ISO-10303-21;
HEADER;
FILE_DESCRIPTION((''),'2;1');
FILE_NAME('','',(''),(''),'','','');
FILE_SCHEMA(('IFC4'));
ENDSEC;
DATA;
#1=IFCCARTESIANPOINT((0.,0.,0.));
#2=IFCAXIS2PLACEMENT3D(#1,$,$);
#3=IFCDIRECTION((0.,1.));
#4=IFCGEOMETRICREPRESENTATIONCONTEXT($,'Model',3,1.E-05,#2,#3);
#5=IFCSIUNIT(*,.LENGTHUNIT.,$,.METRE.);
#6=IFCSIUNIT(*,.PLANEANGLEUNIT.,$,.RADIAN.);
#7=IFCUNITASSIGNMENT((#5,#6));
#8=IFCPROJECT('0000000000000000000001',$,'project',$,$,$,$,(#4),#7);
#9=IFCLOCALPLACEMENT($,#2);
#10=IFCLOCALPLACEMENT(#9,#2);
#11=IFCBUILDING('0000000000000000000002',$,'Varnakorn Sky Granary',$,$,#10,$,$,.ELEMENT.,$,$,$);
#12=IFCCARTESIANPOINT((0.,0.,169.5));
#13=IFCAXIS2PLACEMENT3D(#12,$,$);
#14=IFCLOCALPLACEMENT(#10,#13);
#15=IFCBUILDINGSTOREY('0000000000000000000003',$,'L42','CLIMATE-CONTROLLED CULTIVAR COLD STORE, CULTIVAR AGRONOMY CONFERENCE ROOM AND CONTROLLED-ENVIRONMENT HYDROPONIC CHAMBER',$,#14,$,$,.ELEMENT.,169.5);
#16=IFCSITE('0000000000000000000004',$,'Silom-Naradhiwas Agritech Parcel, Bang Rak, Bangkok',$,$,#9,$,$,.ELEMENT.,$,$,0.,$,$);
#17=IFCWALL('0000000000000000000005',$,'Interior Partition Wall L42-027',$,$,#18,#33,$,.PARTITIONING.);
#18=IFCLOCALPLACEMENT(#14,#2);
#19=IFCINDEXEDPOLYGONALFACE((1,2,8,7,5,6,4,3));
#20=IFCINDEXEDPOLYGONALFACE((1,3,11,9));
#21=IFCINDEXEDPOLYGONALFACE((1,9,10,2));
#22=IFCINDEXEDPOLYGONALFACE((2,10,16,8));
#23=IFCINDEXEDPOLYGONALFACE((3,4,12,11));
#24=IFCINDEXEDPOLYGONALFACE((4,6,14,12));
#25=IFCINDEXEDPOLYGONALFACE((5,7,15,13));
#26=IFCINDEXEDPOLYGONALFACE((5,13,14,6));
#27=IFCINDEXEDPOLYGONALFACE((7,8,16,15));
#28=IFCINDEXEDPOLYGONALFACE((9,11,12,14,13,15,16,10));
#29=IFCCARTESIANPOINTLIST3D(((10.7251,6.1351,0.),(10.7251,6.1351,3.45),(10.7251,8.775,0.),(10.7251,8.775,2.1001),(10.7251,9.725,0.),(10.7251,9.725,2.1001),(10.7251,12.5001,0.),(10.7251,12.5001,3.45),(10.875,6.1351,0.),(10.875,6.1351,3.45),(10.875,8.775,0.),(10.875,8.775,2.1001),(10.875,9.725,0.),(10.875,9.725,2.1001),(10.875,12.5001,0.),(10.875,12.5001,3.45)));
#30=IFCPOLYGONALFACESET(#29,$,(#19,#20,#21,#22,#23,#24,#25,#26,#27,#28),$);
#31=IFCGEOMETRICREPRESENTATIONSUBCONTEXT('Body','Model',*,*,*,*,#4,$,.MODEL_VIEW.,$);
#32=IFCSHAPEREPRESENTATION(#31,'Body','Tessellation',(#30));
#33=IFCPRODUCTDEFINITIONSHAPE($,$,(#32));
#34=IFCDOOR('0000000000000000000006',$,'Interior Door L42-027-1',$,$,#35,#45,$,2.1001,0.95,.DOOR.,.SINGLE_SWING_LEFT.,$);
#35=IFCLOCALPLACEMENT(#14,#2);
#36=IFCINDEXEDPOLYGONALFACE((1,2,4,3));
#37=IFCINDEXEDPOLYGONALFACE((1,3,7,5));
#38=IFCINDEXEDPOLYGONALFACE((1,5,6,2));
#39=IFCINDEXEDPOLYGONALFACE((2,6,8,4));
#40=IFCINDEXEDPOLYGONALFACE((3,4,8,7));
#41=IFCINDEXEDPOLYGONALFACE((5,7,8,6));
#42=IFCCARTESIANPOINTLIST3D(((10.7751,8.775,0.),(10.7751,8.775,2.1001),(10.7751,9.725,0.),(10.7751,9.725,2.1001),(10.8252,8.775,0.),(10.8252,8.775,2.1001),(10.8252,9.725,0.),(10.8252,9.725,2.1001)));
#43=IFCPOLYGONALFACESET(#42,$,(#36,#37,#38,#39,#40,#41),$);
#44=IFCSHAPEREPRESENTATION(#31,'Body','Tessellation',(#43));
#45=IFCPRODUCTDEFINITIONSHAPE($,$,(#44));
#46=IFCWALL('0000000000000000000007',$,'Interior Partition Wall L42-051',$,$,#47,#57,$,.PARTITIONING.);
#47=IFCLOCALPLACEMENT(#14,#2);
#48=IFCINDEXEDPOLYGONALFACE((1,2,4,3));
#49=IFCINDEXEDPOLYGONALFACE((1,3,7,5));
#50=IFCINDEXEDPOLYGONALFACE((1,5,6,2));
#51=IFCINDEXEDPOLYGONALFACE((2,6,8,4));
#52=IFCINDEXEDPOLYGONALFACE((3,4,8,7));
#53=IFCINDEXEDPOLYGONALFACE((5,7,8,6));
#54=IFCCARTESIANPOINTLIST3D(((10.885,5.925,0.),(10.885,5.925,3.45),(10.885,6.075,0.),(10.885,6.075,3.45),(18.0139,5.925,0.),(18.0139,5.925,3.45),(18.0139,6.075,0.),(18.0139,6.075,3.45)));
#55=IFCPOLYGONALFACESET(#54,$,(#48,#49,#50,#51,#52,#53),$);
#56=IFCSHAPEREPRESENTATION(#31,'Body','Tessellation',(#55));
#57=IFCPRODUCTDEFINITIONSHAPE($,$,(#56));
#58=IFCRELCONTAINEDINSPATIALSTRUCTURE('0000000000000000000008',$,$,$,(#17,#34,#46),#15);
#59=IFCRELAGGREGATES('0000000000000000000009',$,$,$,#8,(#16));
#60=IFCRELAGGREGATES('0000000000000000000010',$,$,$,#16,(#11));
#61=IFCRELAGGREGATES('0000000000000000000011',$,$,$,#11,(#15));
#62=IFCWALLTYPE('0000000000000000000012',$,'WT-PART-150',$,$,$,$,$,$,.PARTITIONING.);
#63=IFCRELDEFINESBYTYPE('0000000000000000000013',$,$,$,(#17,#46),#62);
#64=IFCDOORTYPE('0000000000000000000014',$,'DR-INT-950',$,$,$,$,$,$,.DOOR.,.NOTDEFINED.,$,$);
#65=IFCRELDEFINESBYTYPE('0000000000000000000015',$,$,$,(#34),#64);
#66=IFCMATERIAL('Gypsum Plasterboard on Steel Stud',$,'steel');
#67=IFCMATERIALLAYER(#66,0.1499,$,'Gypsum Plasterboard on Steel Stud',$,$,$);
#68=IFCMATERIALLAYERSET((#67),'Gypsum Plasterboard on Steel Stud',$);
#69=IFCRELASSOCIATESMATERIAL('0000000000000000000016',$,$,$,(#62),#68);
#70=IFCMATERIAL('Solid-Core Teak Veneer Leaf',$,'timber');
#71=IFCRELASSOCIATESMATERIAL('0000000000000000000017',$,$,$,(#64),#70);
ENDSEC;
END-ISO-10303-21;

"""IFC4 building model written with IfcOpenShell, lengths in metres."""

from ifc_helpers import new_model, si_unit, direction, frame, frame_2d, origin, place, context, subcontext, project, spatial, rectangle, extrude, material, layer, layer_set, type_object, element, fill, save


model = new_model("IFC4")

# Units and contexts
model_context = context("Model", 3, precision=1e-05, world=origin(), true_north=direction((0.0, 1.0)))
body_context = subcontext(model_context, "Body", "Model", "MODEL_VIEW")
ifc_project = project(units=[si_unit("LENGTHUNIT", "METRE"), si_unit("PLANEANGLEUNIT", "RADIAN")], contexts=[model_context])

# Site, building, storey
site_placement = place(None, origin())
site = spatial("IfcSite", under=ifc_project, at=site_placement, Name="Silom-Naradhiwas Agritech Parcel, Bang Rak, Bangkok", CompositionType="ELEMENT", RefElevation=0.0)
building_placement = place(site_placement, origin())
building = spatial("IfcBuilding", under=site, at=building_placement, Name="Varnakorn Sky Granary", CompositionType="ELEMENT")
storey_placement = place(building_placement, frame((0.0, 0.0, 169.5)))
storey = spatial("IfcBuildingStorey", under=building, at=storey_placement, Name="L42", Description="CLIMATE-CONTROLLED CULTIVAR COLD STORE, CULTIVAR AGRONOMY CONFERENCE ROOM AND CONTROLLED-ENVIRONMENT HYDROPONIC CHAMBER", CompositionType="ELEMENT", Elevation=169.5)

# Wall, opening, door
ifc_material_1 = material(Name="Gypsum Plasterboard on Steel Stud", Category="steel")
ifc_layer_1 = layer(ifc_material_1, 0.1499, Name="Gypsum Plasterboard on Steel Stud")
ifc_layer_set_1 = layer_set([ifc_layer_1], Name="Gypsum Plasterboard on Steel Stud")
wall_type = type_object("IfcWallType", Name="WT-PART-150", PredefinedType="PARTITIONING", material=ifc_layer_set_1)
wall_1_placement = place(storey_placement, frame((10.8, 6.135, 0.0), z_axis=(0.0, 0.0, 1.0), x_axis=(0.0, 1.0, 0.0)))
wall_1 = element("IfcWall", 1, at=wall_1_placement, inside=storey, type_object=wall_type, Name="Interior Partition Wall L42-027", PredefinedType="PARTITIONING", context=body_context, shape_type="SweptSolid", body=[
    extrude(rectangle(XDim=6.365, YDim=0.1499, at=frame_2d((3.1826, 0.0))), origin(), (0.0, 0.0, 1.0), 3.45),
])
opening_placement = place(wall_1_placement, frame((2.6399, 0.0, 0.0)))
opening = element("IfcOpeningElement", 2, at=opening_placement, cuts=wall_1, PredefinedType="OPENING", context=body_context, shape_type="SweptSolid", body=[
    extrude(rectangle(XDim=0.95, YDim=2.1001, at=frame_2d((0.4751, 1.05))), frame((0.0, 0.085, 0.0), z_axis=(0.0, -1.0, 0.0), x_axis=(1.0, 0.0, 0.0)), (0.0, 0.0, 1.0), 0.1699),
])
ifc_material_2 = material(Name="Solid-Core Teak Veneer Leaf", Category="timber")
door_type = type_object("IfcDoorType", Name="DR-INT-950", OperationType="NOTDEFINED", PredefinedType="DOOR", material=ifc_material_2)
door_placement = place(opening_placement, origin())
door = element("IfcDoor", 3, at=door_placement, inside=storey, type_object=door_type, Name="Interior Door L42-027-1", OperationType="SINGLE_SWING_LEFT", OverallHeight=2.1001, OverallWidth=0.95, PredefinedType="DOOR", context=body_context, shape_type="SweptSolid", body=[
    extrude(rectangle(XDim=0.95, YDim=2.1001, at=frame_2d((0.4751, 1.05))), frame((0.0, 0.0249, 0.0), z_axis=(0.0, -1.0, 0.0), x_axis=(1.0, 0.0, 0.0)), (0.0, 0.0, 1.0), 0.05),
])
fill(opening, door)

# Wall
wall_2_placement = place(storey_placement, frame((10.885, 6.0, 0.0), z_axis=(0.0, 0.0, 1.0), x_axis=(1.0, 0.0, 0.0)))
element("IfcWall", 4, at=wall_2_placement, inside=storey, type_object=wall_type, Name="Interior Partition Wall L42-051", PredefinedType="PARTITIONING", context=body_context, shape_type="SweptSolid", body=[
    extrude(rectangle(XDim=7.1289, YDim=0.1499, at=frame_2d((3.5645, 0.0))), origin(), (0.0, 0.0, 1.0), 3.45),
])

save(model, "model.ifc")
